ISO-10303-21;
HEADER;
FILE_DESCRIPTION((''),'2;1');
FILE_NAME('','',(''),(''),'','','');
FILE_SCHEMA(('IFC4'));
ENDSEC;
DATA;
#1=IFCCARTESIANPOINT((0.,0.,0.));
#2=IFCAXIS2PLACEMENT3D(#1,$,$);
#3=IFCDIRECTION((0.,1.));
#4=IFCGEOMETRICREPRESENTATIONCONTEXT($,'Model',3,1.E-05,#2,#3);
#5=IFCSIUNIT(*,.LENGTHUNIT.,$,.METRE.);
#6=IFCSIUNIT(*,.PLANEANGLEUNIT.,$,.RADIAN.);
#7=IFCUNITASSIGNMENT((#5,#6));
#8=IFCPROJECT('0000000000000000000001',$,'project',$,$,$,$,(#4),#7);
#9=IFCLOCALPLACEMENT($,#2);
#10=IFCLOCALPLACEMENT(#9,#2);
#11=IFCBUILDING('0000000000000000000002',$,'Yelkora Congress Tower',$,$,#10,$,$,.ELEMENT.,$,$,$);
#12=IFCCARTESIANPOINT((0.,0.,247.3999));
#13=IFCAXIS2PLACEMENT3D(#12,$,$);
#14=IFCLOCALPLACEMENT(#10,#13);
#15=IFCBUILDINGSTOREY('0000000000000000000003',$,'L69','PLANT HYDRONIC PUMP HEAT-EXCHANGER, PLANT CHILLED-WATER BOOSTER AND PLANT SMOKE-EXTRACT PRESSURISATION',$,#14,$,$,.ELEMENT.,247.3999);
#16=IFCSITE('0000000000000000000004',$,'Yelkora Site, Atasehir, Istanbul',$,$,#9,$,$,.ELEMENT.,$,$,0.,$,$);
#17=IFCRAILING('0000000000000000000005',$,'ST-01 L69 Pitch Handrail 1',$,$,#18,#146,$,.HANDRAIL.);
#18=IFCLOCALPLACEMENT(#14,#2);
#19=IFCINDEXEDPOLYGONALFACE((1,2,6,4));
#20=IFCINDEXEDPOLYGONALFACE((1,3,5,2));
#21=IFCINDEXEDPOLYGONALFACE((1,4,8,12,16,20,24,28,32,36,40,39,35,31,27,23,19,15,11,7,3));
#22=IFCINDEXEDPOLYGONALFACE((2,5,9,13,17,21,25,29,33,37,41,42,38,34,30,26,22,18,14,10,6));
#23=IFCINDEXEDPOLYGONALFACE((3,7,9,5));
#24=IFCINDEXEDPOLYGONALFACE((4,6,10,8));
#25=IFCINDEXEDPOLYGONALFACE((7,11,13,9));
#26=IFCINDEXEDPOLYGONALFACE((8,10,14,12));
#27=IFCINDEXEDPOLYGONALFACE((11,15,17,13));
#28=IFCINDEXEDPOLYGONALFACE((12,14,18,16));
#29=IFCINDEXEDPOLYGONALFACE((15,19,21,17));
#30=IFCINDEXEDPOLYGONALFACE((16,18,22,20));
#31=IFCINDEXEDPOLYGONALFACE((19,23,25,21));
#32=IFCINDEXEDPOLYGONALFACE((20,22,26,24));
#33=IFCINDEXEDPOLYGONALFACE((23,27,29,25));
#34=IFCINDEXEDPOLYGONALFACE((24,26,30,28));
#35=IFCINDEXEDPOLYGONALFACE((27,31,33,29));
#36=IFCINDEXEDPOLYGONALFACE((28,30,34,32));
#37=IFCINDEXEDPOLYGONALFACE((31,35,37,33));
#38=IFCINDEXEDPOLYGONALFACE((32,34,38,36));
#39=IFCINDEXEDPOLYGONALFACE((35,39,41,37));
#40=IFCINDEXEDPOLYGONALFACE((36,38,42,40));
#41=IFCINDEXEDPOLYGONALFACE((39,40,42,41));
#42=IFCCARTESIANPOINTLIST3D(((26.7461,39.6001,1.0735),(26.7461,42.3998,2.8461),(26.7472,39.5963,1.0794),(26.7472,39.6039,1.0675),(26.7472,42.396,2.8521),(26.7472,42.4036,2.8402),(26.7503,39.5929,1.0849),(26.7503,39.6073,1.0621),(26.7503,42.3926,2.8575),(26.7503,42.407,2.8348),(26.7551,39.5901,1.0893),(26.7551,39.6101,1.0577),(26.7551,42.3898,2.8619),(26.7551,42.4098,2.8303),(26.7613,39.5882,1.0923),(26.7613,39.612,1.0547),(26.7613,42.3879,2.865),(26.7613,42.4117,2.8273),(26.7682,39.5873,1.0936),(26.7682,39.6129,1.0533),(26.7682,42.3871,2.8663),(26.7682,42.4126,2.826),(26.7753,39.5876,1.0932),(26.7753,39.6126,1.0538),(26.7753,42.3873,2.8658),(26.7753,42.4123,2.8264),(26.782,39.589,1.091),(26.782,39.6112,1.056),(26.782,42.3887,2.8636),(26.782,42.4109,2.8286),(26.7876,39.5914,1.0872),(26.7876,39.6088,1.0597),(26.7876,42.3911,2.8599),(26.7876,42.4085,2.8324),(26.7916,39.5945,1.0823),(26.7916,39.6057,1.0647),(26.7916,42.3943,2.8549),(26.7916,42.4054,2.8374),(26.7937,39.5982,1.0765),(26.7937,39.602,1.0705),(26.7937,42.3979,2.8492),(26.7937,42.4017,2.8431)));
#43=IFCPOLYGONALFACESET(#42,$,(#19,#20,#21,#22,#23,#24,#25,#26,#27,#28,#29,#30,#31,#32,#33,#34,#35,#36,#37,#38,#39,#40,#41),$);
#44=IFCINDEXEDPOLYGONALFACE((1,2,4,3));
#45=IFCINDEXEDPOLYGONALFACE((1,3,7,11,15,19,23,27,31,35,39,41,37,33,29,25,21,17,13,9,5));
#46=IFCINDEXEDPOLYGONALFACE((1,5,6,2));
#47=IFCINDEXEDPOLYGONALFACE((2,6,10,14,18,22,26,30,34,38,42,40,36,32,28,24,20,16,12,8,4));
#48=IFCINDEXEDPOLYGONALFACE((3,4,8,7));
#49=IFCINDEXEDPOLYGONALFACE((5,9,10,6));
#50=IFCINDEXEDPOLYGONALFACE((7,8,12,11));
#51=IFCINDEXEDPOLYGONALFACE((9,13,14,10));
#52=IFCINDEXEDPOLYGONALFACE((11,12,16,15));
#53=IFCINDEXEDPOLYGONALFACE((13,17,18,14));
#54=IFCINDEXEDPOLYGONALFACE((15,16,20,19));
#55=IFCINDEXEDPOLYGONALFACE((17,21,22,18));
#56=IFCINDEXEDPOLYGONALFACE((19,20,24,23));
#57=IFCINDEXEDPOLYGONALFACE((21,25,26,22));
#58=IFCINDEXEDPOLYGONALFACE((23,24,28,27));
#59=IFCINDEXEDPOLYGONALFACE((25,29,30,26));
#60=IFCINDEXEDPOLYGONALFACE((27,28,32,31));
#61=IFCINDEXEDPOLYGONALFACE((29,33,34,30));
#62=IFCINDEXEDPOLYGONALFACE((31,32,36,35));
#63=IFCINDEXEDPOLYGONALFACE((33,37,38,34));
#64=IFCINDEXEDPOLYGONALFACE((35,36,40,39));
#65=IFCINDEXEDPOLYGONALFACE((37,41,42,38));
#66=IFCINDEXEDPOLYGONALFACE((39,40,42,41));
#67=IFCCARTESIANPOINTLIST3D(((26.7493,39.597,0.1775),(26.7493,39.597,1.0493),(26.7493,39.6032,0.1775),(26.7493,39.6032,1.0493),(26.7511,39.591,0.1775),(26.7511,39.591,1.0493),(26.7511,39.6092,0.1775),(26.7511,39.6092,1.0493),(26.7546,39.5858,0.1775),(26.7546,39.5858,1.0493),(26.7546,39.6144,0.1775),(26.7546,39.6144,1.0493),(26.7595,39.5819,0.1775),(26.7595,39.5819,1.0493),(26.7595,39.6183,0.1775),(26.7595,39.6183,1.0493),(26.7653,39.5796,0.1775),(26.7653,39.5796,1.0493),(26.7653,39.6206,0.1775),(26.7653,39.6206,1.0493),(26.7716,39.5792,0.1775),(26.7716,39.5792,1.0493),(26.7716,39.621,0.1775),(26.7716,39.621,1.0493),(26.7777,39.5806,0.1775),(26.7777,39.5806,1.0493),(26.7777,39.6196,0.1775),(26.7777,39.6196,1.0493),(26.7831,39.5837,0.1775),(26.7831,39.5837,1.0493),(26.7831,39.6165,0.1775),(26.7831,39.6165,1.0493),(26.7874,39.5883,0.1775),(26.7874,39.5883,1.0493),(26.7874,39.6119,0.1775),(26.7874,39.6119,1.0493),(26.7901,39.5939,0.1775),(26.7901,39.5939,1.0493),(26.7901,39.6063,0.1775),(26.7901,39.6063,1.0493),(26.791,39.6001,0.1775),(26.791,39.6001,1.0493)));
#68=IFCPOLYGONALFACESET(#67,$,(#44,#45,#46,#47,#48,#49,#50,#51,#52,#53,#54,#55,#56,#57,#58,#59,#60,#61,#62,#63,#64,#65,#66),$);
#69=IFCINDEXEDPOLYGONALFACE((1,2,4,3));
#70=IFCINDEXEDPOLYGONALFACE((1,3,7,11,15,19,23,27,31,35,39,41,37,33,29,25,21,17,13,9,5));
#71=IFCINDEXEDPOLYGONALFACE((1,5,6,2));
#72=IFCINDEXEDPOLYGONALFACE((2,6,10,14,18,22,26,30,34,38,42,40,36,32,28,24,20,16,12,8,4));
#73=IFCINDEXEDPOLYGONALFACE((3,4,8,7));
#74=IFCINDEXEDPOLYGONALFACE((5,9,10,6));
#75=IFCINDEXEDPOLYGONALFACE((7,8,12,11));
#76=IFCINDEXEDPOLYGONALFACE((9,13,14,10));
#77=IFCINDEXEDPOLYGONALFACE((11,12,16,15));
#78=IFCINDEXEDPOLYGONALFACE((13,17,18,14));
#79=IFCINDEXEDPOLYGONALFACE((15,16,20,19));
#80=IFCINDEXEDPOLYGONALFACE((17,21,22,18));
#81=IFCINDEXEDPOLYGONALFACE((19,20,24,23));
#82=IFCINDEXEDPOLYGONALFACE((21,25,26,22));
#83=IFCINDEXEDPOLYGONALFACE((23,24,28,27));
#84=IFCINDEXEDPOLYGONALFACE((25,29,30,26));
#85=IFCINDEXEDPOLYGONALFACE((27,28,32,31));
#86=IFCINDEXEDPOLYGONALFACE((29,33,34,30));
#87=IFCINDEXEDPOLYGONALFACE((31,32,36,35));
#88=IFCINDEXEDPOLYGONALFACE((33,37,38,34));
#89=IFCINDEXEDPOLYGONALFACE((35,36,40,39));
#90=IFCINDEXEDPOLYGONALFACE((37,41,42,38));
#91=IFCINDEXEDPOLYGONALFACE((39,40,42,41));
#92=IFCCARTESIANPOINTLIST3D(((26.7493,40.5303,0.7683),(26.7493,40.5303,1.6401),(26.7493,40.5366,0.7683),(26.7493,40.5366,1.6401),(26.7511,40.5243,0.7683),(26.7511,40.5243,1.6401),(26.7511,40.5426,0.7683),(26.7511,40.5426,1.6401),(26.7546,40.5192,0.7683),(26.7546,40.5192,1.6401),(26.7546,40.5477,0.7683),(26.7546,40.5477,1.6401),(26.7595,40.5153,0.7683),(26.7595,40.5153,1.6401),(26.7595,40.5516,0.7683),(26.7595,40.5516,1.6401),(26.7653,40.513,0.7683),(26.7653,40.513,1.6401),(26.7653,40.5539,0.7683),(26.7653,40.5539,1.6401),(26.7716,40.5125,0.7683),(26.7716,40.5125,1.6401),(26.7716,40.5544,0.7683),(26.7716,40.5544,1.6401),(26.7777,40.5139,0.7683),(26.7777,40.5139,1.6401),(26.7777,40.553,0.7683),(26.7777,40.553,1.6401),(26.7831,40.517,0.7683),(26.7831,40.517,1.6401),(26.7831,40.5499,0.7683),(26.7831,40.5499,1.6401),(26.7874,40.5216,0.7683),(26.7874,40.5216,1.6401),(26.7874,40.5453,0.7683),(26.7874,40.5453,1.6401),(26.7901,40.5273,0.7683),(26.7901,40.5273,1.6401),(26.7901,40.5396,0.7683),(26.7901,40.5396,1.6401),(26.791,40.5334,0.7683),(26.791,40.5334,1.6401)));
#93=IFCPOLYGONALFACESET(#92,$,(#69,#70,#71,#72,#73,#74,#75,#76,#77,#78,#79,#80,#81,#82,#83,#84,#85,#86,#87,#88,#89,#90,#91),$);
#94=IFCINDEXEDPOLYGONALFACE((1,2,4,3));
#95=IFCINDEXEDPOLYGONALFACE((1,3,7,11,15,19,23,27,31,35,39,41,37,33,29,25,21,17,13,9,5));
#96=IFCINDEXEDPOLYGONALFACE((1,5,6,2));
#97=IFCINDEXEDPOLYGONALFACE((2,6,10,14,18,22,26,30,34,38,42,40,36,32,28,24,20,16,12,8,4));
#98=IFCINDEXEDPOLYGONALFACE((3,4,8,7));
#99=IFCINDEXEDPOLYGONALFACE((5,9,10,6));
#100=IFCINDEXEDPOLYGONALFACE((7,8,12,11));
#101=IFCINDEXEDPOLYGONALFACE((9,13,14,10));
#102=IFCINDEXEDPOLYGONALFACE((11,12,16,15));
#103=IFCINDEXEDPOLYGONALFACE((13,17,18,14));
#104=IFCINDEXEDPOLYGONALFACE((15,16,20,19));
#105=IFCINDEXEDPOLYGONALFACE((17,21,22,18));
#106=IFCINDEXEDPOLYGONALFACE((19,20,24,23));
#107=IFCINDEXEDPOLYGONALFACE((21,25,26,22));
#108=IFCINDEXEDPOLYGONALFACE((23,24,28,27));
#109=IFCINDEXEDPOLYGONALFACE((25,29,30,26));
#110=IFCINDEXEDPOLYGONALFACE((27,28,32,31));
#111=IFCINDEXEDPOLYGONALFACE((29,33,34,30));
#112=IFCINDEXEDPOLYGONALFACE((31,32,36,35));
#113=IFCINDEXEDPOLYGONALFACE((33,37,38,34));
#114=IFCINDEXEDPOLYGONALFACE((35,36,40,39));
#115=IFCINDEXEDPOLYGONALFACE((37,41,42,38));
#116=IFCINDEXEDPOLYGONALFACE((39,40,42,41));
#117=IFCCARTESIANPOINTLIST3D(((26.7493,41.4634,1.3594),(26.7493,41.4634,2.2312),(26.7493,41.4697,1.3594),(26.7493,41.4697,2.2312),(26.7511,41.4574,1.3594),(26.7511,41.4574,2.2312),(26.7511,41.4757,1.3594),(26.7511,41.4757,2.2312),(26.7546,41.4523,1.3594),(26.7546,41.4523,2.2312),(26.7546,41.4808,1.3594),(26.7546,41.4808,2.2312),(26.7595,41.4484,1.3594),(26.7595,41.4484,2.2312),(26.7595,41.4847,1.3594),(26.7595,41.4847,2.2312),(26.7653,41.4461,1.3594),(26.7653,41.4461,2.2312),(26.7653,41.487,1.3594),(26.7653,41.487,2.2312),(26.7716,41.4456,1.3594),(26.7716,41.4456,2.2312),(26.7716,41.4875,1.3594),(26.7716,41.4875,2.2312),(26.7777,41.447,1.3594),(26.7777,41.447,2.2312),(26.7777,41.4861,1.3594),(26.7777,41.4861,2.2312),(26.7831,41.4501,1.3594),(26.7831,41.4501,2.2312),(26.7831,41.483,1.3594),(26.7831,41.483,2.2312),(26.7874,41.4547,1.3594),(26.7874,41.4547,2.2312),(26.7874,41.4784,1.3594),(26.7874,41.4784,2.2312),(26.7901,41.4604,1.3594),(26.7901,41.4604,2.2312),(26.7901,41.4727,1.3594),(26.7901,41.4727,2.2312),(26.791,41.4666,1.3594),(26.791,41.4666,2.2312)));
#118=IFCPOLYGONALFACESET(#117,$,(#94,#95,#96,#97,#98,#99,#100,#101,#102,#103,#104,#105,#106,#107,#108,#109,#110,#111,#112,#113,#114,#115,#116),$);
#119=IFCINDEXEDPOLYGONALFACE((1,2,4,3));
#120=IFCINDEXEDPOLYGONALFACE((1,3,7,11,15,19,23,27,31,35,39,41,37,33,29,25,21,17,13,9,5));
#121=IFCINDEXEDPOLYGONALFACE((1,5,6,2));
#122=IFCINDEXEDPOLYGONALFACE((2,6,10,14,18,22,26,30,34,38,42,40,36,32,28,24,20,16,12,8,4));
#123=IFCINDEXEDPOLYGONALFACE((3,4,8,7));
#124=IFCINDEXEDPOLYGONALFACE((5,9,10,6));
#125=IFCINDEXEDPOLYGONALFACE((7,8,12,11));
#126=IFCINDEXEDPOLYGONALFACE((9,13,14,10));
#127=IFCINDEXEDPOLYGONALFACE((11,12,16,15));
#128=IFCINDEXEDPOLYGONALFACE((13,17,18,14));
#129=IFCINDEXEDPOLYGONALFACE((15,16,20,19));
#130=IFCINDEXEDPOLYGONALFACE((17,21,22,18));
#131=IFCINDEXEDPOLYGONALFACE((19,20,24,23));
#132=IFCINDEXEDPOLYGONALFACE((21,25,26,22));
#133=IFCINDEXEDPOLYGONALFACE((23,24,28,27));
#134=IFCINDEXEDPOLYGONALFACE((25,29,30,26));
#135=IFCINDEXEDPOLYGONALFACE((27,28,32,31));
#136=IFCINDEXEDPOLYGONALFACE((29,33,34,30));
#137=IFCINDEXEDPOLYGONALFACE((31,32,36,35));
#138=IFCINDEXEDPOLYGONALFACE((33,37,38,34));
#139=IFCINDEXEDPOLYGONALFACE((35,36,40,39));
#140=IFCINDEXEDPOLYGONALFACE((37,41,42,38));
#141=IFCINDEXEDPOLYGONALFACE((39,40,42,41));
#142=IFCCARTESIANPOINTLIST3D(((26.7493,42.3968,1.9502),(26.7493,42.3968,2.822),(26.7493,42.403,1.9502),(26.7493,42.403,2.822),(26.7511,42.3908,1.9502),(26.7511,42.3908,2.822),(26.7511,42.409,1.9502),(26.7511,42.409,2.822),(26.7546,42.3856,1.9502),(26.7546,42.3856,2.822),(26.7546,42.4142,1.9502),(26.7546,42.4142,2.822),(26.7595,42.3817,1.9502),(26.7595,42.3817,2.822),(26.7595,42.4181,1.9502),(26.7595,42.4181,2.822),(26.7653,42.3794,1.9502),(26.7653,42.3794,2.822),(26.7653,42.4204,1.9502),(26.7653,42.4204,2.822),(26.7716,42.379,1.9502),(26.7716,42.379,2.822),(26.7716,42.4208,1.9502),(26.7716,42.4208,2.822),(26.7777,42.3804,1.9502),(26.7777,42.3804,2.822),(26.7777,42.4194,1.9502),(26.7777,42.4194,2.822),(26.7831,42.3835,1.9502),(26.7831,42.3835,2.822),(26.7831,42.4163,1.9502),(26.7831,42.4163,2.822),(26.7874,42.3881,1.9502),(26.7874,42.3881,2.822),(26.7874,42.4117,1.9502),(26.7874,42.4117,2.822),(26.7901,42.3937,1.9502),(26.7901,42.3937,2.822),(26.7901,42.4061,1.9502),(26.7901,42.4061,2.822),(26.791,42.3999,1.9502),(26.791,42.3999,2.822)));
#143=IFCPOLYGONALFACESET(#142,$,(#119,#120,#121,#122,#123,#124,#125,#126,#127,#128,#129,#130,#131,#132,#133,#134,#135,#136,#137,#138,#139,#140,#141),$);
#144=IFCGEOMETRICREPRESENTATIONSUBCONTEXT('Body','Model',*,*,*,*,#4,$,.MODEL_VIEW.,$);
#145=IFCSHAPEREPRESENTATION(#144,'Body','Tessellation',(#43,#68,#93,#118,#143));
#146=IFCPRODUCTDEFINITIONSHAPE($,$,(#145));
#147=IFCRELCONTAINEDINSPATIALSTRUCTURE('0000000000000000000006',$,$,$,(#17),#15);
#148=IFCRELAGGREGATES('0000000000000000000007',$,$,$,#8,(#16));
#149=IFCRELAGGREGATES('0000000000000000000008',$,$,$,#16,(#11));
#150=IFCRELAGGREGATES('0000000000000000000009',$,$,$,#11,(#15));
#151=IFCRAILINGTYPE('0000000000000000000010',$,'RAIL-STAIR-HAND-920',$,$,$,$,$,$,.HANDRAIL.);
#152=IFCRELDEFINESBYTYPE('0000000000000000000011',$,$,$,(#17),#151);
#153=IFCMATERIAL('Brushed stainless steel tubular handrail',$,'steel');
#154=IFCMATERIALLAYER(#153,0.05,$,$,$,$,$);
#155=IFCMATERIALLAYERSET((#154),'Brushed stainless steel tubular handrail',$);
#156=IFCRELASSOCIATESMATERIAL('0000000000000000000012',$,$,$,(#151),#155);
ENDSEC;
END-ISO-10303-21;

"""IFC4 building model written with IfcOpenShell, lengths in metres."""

from ifc_helpers import new_model, si_unit, direction, frame, origin, origin_2d, place, context, subcontext, project, spatial, circle, extrude, material, layer, layer_set, type_object, element, save


model = new_model("IFC4")

# Units and contexts
model_context = context("Model", 3, precision=1e-05, world=origin(), true_north=direction((0.0, 1.0)))
body_context = subcontext(model_context, "Body", "Model", "MODEL_VIEW")
ifc_project = project(units=[si_unit("LENGTHUNIT", "METRE"), si_unit("PLANEANGLEUNIT", "RADIAN")], contexts=[model_context])

# Site, building, storey
site_placement = place(None, origin())
site = spatial("IfcSite", under=ifc_project, at=site_placement, Name="Yelkora Site, Atasehir, Istanbul", CompositionType="ELEMENT", RefElevation=0.0)
building_placement = place(site_placement, origin())
building = spatial("IfcBuilding", under=site, at=building_placement, Name="Yelkora Congress Tower", CompositionType="ELEMENT")
storey_placement = place(building_placement, frame((0.0, 0.0, 247.3999)))
storey = spatial("IfcBuildingStorey", under=building, at=storey_placement, Name="L69", Description="PLANT HYDRONIC PUMP HEAT-EXCHANGER, PLANT CHILLED-WATER BOOSTER AND PLANT SMOKE-EXTRACT PRESSURISATION", CompositionType="ELEMENT", Elevation=247.3999)

# Railing
ifc_material_1 = material(Name="Brushed stainless steel tubular handrail", Category="steel")
ifc_layer_1 = layer(ifc_material_1, 0.05)
ifc_layer_set_1 = layer_set([ifc_layer_1], Name="Brushed stainless steel tubular handrail")
railing_type_1 = type_object("IfcRailingType", Name="RAIL-STAIR-HAND-920", PredefinedType="HANDRAIL", material=ifc_layer_set_1)
railing_1_placement = place(storey_placement, frame((26.77, 39.6001, 0.1775)))
element("IfcRailing", 1, at=railing_1_placement, inside=storey, type_object=railing_type_1, Name="ST-01 L69 Pitch Handrail 1", PredefinedType="HANDRAIL", context=body_context, shape_type="SweptSolid", body=[
    extrude(circle(Radius=0.0239, at=origin_2d()), frame((0.0, 0.0, 0.896), z_axis=(0.0, 0.844888, 0.534943), x_axis=(-1.0, 0.0, 0.0)), (0.0, 0.0, 1.0), 3.3137),
    extrude(circle(Radius=0.021, at=origin_2d()), origin(), (0.0, 0.0, 1.0), 0.8718),
    extrude(circle(Radius=0.021, at=origin_2d()), frame((0.0, 0.9333, 0.5908)), (0.0, 0.0, 1.0), 0.8718),
    extrude(circle(Radius=0.021, at=origin_2d()), frame((0.0, 1.8665, 1.1819)), (0.0, 0.0, 1.0), 0.8718),
    extrude(circle(Radius=0.021, at=origin_2d()), frame((0.0, 2.7998, 1.7727)), (0.0, 0.0, 1.0), 0.8718),
])

save(model, "model.ifc")
